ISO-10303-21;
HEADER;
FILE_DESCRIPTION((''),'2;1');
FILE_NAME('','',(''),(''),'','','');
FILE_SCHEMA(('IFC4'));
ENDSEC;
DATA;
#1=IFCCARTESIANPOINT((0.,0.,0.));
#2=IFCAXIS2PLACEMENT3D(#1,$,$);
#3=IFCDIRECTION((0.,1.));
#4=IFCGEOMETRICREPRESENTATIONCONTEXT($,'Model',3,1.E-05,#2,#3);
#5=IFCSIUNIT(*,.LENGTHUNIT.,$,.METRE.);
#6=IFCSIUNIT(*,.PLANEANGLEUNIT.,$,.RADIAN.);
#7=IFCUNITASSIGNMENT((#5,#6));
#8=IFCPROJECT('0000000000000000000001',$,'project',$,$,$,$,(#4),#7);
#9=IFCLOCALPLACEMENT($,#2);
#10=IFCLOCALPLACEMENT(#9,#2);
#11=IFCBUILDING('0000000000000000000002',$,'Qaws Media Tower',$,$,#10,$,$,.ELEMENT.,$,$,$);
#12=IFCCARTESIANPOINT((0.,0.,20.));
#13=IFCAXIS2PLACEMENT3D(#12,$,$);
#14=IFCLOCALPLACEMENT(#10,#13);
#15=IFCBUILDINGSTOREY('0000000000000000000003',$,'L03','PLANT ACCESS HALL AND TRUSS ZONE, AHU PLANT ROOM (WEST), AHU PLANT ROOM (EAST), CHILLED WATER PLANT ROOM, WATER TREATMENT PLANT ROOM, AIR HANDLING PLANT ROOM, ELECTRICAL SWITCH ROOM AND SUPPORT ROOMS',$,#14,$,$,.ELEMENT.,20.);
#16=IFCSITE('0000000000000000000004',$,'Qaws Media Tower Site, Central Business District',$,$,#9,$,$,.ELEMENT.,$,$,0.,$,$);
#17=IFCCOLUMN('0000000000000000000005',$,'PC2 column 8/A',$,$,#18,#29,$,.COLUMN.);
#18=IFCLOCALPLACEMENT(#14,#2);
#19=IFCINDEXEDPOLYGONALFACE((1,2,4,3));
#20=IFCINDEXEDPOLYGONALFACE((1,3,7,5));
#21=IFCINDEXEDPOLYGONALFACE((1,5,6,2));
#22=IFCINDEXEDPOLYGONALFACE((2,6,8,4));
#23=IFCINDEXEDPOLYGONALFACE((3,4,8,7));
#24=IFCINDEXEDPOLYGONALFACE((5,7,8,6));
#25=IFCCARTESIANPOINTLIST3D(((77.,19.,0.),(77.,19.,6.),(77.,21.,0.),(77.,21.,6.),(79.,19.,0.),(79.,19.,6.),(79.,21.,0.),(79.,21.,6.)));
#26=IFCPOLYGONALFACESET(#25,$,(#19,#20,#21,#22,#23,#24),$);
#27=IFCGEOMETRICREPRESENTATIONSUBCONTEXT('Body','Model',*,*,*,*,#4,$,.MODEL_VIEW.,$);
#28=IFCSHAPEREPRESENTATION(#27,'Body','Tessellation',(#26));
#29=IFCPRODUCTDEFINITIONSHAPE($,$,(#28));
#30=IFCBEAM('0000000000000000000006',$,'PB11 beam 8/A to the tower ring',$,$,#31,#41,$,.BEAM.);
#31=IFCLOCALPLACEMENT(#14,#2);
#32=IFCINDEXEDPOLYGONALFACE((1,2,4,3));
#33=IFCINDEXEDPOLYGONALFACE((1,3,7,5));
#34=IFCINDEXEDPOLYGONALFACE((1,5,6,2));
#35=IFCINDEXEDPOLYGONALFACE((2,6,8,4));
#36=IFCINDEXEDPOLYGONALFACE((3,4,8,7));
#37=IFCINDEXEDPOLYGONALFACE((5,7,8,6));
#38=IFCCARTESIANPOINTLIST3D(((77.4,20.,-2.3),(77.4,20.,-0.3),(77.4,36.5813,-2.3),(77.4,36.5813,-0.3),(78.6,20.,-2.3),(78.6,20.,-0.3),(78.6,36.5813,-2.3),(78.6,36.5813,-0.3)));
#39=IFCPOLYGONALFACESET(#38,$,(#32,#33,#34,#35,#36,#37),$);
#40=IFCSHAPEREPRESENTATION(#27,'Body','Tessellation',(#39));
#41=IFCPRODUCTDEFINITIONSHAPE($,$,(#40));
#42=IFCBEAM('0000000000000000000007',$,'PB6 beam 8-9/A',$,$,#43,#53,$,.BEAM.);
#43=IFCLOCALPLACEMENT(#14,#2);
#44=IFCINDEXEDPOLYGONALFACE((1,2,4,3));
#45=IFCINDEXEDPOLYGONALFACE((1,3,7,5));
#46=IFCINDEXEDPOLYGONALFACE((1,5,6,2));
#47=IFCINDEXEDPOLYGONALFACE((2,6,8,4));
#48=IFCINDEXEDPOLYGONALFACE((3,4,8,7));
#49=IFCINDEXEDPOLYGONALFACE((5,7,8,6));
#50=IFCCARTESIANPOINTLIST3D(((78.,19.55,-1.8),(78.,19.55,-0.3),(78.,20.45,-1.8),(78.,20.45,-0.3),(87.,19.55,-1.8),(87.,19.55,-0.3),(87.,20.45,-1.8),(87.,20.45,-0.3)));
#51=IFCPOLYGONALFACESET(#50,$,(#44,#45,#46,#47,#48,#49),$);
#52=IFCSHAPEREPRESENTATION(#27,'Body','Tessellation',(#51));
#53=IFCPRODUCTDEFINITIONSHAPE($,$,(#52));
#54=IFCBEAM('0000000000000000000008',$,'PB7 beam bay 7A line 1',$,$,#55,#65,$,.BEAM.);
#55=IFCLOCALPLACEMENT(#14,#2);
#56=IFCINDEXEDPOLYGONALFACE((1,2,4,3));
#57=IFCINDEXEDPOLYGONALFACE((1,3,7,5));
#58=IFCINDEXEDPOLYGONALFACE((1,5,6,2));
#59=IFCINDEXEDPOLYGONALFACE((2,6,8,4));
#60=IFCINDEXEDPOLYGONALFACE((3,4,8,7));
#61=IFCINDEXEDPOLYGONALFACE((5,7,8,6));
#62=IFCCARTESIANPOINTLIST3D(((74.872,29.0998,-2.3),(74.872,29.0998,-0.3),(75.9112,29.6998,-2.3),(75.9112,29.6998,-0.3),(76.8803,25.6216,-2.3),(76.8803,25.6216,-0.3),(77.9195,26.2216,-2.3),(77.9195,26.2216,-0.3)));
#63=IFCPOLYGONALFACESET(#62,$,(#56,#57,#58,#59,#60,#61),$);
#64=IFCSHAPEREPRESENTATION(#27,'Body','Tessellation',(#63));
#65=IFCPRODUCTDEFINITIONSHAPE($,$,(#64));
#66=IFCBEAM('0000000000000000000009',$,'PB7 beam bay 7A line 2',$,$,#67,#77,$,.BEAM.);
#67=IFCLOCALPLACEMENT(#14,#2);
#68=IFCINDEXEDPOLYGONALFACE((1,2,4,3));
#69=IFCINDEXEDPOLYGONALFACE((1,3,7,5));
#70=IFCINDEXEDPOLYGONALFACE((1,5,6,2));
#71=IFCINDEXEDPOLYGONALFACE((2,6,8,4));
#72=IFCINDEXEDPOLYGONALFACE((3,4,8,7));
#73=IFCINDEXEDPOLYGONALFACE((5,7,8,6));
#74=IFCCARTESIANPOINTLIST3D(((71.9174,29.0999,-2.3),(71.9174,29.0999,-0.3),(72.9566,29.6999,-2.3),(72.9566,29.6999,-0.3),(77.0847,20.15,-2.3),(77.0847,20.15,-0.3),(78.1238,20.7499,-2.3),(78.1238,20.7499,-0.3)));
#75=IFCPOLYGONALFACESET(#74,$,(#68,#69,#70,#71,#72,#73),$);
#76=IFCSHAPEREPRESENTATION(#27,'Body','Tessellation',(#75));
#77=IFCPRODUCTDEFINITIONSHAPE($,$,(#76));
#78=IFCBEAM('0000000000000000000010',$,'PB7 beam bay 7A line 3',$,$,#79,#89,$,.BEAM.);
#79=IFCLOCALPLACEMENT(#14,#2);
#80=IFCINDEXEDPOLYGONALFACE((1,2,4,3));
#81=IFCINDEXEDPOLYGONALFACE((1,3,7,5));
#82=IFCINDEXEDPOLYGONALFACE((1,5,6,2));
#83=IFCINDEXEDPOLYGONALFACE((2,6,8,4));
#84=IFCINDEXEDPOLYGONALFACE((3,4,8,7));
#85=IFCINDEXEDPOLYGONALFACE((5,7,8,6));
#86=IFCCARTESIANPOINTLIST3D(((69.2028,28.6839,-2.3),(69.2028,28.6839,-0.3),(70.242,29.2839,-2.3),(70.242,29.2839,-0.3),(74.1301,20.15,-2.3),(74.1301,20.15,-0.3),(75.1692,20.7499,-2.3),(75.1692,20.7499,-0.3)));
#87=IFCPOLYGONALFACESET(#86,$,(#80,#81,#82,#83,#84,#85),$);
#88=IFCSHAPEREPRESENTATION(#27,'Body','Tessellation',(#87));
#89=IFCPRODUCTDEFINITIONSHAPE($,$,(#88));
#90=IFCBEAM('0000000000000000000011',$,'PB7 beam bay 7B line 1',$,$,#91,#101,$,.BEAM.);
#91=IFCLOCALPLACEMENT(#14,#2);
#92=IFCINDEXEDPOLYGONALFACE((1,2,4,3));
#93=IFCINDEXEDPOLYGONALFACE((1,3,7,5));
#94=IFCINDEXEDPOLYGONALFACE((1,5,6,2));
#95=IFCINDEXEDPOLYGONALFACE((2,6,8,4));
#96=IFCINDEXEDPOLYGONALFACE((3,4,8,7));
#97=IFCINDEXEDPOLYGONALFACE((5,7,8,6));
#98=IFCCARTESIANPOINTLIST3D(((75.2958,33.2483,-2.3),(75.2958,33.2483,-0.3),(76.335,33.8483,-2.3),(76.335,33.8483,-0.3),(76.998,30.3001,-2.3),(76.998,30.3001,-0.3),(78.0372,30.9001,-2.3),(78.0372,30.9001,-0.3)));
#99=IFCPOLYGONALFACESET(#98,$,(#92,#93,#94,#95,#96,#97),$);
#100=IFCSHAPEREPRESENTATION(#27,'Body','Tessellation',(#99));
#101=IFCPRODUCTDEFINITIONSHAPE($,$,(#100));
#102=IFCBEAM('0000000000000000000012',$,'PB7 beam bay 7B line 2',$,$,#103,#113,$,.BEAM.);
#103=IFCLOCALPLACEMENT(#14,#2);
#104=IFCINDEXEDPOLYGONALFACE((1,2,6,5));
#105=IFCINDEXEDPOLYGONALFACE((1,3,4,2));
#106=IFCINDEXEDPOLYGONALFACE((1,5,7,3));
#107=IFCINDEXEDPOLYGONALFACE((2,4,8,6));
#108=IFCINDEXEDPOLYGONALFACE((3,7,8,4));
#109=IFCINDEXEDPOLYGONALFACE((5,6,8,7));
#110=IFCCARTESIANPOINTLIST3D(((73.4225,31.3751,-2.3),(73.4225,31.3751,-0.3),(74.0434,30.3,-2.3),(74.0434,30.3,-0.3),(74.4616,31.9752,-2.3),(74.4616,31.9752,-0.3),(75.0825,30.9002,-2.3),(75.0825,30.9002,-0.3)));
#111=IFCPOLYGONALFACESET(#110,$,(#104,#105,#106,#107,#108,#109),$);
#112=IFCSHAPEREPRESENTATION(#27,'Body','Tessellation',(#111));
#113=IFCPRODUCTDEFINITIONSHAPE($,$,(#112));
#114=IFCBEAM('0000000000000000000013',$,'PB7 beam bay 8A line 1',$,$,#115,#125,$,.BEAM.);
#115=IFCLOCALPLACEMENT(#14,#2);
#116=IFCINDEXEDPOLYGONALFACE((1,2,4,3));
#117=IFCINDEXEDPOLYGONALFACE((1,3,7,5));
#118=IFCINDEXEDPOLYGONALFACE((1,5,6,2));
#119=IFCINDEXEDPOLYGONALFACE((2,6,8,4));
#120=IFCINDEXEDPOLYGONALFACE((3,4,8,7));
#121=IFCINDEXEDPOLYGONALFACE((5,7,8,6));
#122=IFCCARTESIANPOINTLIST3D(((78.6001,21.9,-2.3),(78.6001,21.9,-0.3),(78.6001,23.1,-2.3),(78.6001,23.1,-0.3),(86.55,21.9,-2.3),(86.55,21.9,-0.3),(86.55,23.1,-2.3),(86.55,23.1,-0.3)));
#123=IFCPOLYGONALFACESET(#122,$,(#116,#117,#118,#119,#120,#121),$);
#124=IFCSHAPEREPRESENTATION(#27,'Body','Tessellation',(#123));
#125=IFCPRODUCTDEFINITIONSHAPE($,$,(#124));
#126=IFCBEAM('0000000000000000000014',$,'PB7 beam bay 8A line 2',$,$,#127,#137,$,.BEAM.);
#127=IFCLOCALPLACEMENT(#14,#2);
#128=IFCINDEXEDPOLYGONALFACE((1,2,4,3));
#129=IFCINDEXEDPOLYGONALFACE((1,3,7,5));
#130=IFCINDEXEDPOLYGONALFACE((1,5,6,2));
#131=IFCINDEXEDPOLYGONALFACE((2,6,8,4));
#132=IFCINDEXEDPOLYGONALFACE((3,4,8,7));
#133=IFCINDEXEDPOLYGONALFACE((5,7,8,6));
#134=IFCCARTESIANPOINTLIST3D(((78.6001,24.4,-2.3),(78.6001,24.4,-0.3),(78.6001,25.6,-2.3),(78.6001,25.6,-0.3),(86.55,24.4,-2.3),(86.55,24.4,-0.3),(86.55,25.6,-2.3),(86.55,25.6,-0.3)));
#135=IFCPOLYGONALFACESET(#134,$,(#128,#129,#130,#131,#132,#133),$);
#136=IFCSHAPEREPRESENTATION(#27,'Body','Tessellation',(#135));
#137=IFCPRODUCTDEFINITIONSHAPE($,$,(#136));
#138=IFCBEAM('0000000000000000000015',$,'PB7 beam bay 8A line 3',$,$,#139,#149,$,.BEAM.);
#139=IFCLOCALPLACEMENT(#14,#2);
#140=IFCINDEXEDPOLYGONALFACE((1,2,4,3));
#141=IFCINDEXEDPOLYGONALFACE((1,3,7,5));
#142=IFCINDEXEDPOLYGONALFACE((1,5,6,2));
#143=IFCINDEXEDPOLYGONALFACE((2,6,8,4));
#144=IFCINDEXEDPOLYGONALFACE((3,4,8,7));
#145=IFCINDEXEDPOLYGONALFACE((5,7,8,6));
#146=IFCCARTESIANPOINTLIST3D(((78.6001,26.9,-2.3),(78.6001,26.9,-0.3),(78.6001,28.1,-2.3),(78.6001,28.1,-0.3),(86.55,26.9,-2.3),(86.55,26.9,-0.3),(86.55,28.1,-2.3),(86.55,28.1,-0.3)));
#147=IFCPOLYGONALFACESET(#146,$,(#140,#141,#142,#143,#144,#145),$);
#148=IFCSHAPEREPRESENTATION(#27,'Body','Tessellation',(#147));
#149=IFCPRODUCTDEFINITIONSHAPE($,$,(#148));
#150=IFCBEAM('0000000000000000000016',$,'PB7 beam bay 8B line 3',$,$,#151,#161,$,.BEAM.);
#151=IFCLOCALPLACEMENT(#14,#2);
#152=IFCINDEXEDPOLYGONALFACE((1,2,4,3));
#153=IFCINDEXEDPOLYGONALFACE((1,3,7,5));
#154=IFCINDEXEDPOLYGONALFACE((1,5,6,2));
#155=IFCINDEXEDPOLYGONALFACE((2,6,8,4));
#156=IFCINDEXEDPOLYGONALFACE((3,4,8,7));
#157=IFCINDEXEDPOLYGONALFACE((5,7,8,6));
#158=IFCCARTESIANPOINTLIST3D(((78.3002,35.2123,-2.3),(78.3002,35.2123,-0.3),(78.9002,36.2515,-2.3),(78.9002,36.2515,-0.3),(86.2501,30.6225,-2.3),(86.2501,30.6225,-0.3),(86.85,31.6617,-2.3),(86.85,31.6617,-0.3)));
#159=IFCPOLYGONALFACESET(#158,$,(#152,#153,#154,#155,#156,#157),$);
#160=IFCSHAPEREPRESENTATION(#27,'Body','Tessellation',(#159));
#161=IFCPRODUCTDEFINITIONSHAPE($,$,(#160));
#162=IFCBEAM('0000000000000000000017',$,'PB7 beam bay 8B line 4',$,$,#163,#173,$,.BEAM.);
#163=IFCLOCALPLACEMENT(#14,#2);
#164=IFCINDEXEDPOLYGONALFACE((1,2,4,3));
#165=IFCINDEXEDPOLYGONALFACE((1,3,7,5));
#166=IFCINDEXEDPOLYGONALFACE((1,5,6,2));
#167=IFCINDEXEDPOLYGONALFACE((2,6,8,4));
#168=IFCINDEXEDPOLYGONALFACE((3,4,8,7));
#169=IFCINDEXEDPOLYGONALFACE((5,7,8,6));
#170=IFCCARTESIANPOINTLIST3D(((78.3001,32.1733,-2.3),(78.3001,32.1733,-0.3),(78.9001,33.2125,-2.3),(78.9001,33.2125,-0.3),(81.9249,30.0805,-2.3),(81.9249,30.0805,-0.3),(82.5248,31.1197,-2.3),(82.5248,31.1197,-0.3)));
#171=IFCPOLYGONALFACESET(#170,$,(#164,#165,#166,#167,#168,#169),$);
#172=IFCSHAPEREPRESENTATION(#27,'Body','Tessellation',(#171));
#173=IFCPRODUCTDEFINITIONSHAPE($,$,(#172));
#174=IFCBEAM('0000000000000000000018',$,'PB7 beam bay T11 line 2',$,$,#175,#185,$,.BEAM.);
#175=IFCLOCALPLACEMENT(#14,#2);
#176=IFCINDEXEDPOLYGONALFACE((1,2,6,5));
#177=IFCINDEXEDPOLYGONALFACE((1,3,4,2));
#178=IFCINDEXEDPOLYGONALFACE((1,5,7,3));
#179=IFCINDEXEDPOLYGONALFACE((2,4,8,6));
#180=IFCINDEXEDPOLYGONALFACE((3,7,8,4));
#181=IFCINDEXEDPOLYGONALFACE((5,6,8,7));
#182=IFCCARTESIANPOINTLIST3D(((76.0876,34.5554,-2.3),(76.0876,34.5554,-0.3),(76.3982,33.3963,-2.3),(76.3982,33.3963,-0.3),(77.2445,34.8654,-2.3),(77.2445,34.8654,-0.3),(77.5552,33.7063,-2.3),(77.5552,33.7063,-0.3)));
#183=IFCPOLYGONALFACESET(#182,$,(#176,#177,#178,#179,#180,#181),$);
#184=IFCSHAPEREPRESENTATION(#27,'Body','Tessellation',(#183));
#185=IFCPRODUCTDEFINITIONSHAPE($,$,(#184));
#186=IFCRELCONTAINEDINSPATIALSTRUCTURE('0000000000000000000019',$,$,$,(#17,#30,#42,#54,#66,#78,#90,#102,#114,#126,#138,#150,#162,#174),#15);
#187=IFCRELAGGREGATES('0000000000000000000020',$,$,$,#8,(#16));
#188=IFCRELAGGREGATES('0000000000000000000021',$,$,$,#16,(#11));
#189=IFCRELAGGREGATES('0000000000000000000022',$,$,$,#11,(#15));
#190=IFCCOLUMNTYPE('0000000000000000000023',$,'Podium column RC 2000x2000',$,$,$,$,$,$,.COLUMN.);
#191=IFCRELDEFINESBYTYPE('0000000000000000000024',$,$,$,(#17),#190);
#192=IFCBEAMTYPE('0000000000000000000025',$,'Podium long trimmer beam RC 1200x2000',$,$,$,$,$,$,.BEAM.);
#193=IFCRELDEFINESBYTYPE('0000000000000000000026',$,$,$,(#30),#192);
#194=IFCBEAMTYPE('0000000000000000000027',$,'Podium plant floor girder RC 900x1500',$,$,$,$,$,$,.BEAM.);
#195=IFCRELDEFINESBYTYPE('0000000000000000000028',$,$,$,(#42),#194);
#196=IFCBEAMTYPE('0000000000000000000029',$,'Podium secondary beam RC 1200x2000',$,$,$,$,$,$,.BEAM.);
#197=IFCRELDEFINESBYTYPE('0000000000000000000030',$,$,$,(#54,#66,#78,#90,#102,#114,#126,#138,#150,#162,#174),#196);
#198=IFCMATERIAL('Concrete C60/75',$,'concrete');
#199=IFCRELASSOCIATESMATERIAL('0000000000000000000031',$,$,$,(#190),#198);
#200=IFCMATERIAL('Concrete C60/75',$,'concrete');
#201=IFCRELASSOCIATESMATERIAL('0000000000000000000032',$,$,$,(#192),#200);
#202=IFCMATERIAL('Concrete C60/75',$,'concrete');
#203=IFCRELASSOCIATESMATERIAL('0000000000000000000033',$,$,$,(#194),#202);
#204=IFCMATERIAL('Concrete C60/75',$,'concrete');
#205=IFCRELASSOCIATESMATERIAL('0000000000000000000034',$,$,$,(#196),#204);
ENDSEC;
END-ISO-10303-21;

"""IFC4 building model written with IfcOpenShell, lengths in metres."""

from ifc_helpers import new_model, si_unit, direction, frame, origin, origin_2d, place, context, subcontext, project, spatial, rectangle, extrude, material, material_profile, profile_set, type_object, element, save


model = new_model("IFC4")

# Units and contexts
model_context = context("Model", 3, precision=1e-05, world=origin(), true_north=direction((0.0, 1.0)))
body_context = subcontext(model_context, "Body", "Model", "MODEL_VIEW")
ifc_project = project(units=[si_unit("LENGTHUNIT", "METRE"), si_unit("PLANEANGLEUNIT", "RADIAN")], contexts=[model_context])

# Site, building, storey
site_placement = place(None, origin())
site = spatial("IfcSite", under=ifc_project, at=site_placement, Name="Qaws Media Tower Site, Central Business District", CompositionType="ELEMENT", RefElevation=0.0)
building_placement = place(site_placement, origin())
building = spatial("IfcBuilding", under=site, at=building_placement, Name="Qaws Media Tower", CompositionType="ELEMENT")
storey_placement = place(building_placement, frame((0.0, 0.0, 20.0)))
storey = spatial("IfcBuildingStorey", under=building, at=storey_placement, Name="L03", Description="PLANT ACCESS HALL AND TRUSS ZONE, AHU PLANT ROOM (WEST), AHU PLANT ROOM (EAST), CHILLED WATER PLANT ROOM, WATER TREATMENT PLANT ROOM, AIR HANDLING PLANT ROOM, ELECTRICAL SWITCH ROOM AND SUPPORT ROOMS", CompositionType="ELEMENT", Elevation=20.0)

# Column
ifc_material_1 = material(Name="Concrete C60/75", Category="concrete")
ifc_material_profile_1 = material_profile(ifc_material_1, rectangle(XDim=2.0, YDim=2.0, at=origin_2d()), Name="RC 2000x2000")
ifc_profile_set_1 = profile_set([ifc_material_profile_1], Name="Concrete C60/75")
column_type = type_object("IfcColumnType", Name="Podium column RC 2000x2000", PredefinedType="COLUMN", material=ifc_profile_set_1)
column_placement = place(storey_placement, frame((78.0, 20.0, 0.0), z_axis=(0.0, 0.0, 1.0), x_axis=(1.0, 0.0, 0.0)))
element("IfcColumn", 1, at=column_placement, inside=storey, type_object=column_type, Name="PC2 column 8/A", PredefinedType="COLUMN", context=body_context, shape_type="SweptSolid", body=[
    extrude(rectangle(XDim=2.0, YDim=2.0, at=origin_2d()), origin(), (0.0, 0.0, 1.0), 6.0),
])

# Beams
ifc_material_2 = material(Name="Concrete C60/75", Category="concrete")
ifc_material_profile_2 = material_profile(ifc_material_2, rectangle(XDim=1.2, YDim=2.0, at=origin_2d()), Name="RC 1200x2000")
ifc_profile_set_2 = profile_set([ifc_material_profile_2], Name="Concrete C60/75")
beam_type_1 = type_object("IfcBeamType", Name="Podium long trimmer beam RC 1200x2000", PredefinedType="BEAM", material=ifc_profile_set_2)
beam_1_placement = place(storey_placement, frame((78.0, 20.0, -1.3), z_axis=(0.0, 1.0, 0.0), x_axis=(-1.0, 0.0, 0.0)))
element("IfcBeam", 2, at=beam_1_placement, inside=storey, type_object=beam_type_1, Name="PB11 beam 8/A to the tower ring", PredefinedType="BEAM", context=body_context, shape_type="SweptSolid", body=[
    extrude(rectangle(XDim=1.2, YDim=2.0, at=origin_2d()), origin(), (0.0, 0.0, 1.0), 16.5813),
])
ifc_material_3 = material(Name="Concrete C60/75", Category="concrete")
ifc_material_profile_3 = material_profile(ifc_material_3, rectangle(XDim=0.8999, YDim=1.5, at=origin_2d()), Name="RC 900x1500")
ifc_profile_set_3 = profile_set([ifc_material_profile_3], Name="Concrete C60/75")
beam_type_2 = type_object("IfcBeamType", Name="Podium plant floor girder RC 900x1500", PredefinedType="BEAM", material=ifc_profile_set_3)
beam_2_placement = place(storey_placement, frame((78.0, 20.0, -1.05), z_axis=(1.0, 0.0, 0.0), x_axis=(0.0, 1.0, 0.0)))
element("IfcBeam", 3, at=beam_2_placement, inside=storey, type_object=beam_type_2, Name="PB6 beam 8-9/A", PredefinedType="BEAM", context=body_context, shape_type="SweptSolid", body=[
    extrude(rectangle(XDim=0.8999, YDim=1.5, at=origin_2d()), origin(), (0.0, 0.0, 1.0), 9.0),
])
ifc_material_4 = material(Name="Concrete C60/75", Category="concrete")
ifc_material_profile_4 = material_profile(ifc_material_4, rectangle(XDim=1.2, YDim=2.0, at=origin_2d()), Name="RC 1200x2000")
ifc_profile_set_4 = profile_set([ifc_material_profile_4], Name="Concrete C60/75")
beam_type_3 = type_object("IfcBeamType", Name="Podium secondary beam RC 1200x2000", PredefinedType="BEAM", material=ifc_profile_set_4)
beam_3_placement = place(storey_placement, frame((77.3999, 25.9216, -1.3), z_axis=(-0.500022, 0.866012, 0.0), x_axis=(-0.866012, -0.500022, 0.0)))
element("IfcBeam", 4, at=beam_3_placement, inside=storey, type_object=beam_type_3, Name="PB7 beam bay 7A line 1", PredefinedType="BEAM", context=body_context, shape_type="SweptSolid", body=[
    extrude(rectangle(XDim=1.2, YDim=2.0, at=origin_2d()), origin(), (0.0, 0.0, 1.0), 4.0164),
])
beam_4_placement = place(storey_placement, frame((77.6042, 20.45, -1.3), z_axis=(-0.499999, 0.866026, 0.0), x_axis=(-0.866026, -0.499999, 0.0)))
element("IfcBeam", 5, at=beam_4_placement, inside=storey, type_object=beam_type_3, Name="PB7 beam bay 7A line 2", PredefinedType="BEAM", context=body_context, shape_type="SweptSolid", body=[
    extrude(rectangle(XDim=1.2, YDim=2.0, at=origin_2d()), origin(), (0.0, 0.0, 1.0), 10.3345),
])
beam_5_placement = place(storey_placement, frame((74.6497, 20.45, -1.3), z_axis=(-0.500013, 0.866018, 0.0), x_axis=(-0.866018, -0.500013, 0.0)))
element("IfcBeam", 6, at=beam_5_placement, inside=storey, type_object=beam_type_3, Name="PB7 beam bay 7A line 3", PredefinedType="BEAM", context=body_context, shape_type="SweptSolid", body=[
    extrude(rectangle(XDim=1.2, YDim=2.0, at=origin_2d()), origin(), (0.0, 0.0, 1.0), 9.8542),
])
beam_6_placement = place(storey_placement, frame((77.5176, 30.6001, -1.3), z_axis=(-0.499996, 0.866028, 0.0), x_axis=(-0.866028, -0.499996, 0.0)))
element("IfcBeam", 7, at=beam_6_placement, inside=storey, type_object=beam_type_3, Name="PB7 beam bay 7B line 1", PredefinedType="BEAM", context=body_context, shape_type="SweptSolid", body=[
    extrude(rectangle(XDim=1.2, YDim=2.0, at=origin_2d()), origin(), (0.0, 0.0, 1.0), 3.4043),
])
beam_7_placement = place(storey_placement, frame((74.563, 30.6001, -1.3), z_axis=(-0.500137, 0.865946, 0.0), x_axis=(-0.865946, -0.500137, 0.0)))
element("IfcBeam", 8, at=beam_7_placement, inside=storey, type_object=beam_type_3, Name="PB7 beam bay 7B line 2", PredefinedType="BEAM", context=body_context, shape_type="SweptSolid", body=[
    extrude(rectangle(XDim=1.2, YDim=2.0, at=origin_2d()), origin(), (0.0, 0.0, 1.0), 1.2415),
])
for number, where, z_axis, x_axis, name in (
    (9, (78.6001, 22.5, -1.3), (1.0, 0.0, 0.0), (0.0, 1.0, 0.0), "PB7 beam bay 8A line 1"),
    (10, (78.6001, 25.0, -1.3), (1.0, 0.0, 0.0), (0.0, 1.0, 0.0), "PB7 beam bay 8A line 2"),
    (11, (78.6001, 27.5, -1.3), (1.0, 0.0, 0.0), (0.0, 1.0, 0.0), "PB7 beam bay 8A line 3"),
):
    element("IfcBeam", number, at=place(storey_placement, frame(where, z_axis=z_axis, x_axis=x_axis)), inside=storey, type_object=beam_type_3, Name=name, PredefinedType="BEAM", context=body_context, shape_type="SweptSolid", body=[
        extrude(rectangle(XDim=1.2, YDim=2.0, at=origin_2d()), origin(), (0.0, 0.0, 1.0), 7.95),
    ])
beam_8_placement = place(storey_placement, frame((86.55, 31.1421, -1.3), z_axis=(-0.866028, 0.499995, 0.0), x_axis=(-0.499995, -0.866028, 0.0)))
element("IfcBeam", 12, at=beam_8_placement, inside=storey, type_object=beam_type_3, Name="PB7 beam bay 8B line 3", PredefinedType="BEAM", context=body_context, shape_type="SweptSolid", body=[
    extrude(rectangle(XDim=1.2, YDim=2.0, at=origin_2d()), origin(), (0.0, 0.0, 1.0), 9.1797),
])
beam_9_placement = place(storey_placement, frame((82.2249, 30.6001, -1.3), z_axis=(-0.866023, 0.500004, 0.0), x_axis=(-0.500004, -0.866023, 0.0)))
element("IfcBeam", 13, at=beam_9_placement, inside=storey, type_object=beam_type_3, Name="PB7 beam bay 8B line 4", PredefinedType="BEAM", context=body_context, shape_type="SweptSolid", body=[
    extrude(rectangle(XDim=1.2, YDim=2.0, at=origin_2d()), origin(), (0.0, 0.0, 1.0), 4.1855),
])
beam_10_placement = place(storey_placement, frame((76.2429, 33.9758, -1.3), z_axis=(0.965916, 0.258855, 0.0), x_axis=(-0.258855, 0.965916, 0.0)))
element("IfcBeam", 14, at=beam_10_placement, inside=storey, type_object=beam_type_3, Name="PB7 beam bay T11 line 2", PredefinedType="BEAM", context=body_context, shape_type="SweptSolid", body=[
    extrude(rectangle(XDim=1.2, YDim=2.0, at=origin_2d()), origin(), (0.0, 0.0, 1.0), 1.1978),
])

save(model, "model.ifc")
